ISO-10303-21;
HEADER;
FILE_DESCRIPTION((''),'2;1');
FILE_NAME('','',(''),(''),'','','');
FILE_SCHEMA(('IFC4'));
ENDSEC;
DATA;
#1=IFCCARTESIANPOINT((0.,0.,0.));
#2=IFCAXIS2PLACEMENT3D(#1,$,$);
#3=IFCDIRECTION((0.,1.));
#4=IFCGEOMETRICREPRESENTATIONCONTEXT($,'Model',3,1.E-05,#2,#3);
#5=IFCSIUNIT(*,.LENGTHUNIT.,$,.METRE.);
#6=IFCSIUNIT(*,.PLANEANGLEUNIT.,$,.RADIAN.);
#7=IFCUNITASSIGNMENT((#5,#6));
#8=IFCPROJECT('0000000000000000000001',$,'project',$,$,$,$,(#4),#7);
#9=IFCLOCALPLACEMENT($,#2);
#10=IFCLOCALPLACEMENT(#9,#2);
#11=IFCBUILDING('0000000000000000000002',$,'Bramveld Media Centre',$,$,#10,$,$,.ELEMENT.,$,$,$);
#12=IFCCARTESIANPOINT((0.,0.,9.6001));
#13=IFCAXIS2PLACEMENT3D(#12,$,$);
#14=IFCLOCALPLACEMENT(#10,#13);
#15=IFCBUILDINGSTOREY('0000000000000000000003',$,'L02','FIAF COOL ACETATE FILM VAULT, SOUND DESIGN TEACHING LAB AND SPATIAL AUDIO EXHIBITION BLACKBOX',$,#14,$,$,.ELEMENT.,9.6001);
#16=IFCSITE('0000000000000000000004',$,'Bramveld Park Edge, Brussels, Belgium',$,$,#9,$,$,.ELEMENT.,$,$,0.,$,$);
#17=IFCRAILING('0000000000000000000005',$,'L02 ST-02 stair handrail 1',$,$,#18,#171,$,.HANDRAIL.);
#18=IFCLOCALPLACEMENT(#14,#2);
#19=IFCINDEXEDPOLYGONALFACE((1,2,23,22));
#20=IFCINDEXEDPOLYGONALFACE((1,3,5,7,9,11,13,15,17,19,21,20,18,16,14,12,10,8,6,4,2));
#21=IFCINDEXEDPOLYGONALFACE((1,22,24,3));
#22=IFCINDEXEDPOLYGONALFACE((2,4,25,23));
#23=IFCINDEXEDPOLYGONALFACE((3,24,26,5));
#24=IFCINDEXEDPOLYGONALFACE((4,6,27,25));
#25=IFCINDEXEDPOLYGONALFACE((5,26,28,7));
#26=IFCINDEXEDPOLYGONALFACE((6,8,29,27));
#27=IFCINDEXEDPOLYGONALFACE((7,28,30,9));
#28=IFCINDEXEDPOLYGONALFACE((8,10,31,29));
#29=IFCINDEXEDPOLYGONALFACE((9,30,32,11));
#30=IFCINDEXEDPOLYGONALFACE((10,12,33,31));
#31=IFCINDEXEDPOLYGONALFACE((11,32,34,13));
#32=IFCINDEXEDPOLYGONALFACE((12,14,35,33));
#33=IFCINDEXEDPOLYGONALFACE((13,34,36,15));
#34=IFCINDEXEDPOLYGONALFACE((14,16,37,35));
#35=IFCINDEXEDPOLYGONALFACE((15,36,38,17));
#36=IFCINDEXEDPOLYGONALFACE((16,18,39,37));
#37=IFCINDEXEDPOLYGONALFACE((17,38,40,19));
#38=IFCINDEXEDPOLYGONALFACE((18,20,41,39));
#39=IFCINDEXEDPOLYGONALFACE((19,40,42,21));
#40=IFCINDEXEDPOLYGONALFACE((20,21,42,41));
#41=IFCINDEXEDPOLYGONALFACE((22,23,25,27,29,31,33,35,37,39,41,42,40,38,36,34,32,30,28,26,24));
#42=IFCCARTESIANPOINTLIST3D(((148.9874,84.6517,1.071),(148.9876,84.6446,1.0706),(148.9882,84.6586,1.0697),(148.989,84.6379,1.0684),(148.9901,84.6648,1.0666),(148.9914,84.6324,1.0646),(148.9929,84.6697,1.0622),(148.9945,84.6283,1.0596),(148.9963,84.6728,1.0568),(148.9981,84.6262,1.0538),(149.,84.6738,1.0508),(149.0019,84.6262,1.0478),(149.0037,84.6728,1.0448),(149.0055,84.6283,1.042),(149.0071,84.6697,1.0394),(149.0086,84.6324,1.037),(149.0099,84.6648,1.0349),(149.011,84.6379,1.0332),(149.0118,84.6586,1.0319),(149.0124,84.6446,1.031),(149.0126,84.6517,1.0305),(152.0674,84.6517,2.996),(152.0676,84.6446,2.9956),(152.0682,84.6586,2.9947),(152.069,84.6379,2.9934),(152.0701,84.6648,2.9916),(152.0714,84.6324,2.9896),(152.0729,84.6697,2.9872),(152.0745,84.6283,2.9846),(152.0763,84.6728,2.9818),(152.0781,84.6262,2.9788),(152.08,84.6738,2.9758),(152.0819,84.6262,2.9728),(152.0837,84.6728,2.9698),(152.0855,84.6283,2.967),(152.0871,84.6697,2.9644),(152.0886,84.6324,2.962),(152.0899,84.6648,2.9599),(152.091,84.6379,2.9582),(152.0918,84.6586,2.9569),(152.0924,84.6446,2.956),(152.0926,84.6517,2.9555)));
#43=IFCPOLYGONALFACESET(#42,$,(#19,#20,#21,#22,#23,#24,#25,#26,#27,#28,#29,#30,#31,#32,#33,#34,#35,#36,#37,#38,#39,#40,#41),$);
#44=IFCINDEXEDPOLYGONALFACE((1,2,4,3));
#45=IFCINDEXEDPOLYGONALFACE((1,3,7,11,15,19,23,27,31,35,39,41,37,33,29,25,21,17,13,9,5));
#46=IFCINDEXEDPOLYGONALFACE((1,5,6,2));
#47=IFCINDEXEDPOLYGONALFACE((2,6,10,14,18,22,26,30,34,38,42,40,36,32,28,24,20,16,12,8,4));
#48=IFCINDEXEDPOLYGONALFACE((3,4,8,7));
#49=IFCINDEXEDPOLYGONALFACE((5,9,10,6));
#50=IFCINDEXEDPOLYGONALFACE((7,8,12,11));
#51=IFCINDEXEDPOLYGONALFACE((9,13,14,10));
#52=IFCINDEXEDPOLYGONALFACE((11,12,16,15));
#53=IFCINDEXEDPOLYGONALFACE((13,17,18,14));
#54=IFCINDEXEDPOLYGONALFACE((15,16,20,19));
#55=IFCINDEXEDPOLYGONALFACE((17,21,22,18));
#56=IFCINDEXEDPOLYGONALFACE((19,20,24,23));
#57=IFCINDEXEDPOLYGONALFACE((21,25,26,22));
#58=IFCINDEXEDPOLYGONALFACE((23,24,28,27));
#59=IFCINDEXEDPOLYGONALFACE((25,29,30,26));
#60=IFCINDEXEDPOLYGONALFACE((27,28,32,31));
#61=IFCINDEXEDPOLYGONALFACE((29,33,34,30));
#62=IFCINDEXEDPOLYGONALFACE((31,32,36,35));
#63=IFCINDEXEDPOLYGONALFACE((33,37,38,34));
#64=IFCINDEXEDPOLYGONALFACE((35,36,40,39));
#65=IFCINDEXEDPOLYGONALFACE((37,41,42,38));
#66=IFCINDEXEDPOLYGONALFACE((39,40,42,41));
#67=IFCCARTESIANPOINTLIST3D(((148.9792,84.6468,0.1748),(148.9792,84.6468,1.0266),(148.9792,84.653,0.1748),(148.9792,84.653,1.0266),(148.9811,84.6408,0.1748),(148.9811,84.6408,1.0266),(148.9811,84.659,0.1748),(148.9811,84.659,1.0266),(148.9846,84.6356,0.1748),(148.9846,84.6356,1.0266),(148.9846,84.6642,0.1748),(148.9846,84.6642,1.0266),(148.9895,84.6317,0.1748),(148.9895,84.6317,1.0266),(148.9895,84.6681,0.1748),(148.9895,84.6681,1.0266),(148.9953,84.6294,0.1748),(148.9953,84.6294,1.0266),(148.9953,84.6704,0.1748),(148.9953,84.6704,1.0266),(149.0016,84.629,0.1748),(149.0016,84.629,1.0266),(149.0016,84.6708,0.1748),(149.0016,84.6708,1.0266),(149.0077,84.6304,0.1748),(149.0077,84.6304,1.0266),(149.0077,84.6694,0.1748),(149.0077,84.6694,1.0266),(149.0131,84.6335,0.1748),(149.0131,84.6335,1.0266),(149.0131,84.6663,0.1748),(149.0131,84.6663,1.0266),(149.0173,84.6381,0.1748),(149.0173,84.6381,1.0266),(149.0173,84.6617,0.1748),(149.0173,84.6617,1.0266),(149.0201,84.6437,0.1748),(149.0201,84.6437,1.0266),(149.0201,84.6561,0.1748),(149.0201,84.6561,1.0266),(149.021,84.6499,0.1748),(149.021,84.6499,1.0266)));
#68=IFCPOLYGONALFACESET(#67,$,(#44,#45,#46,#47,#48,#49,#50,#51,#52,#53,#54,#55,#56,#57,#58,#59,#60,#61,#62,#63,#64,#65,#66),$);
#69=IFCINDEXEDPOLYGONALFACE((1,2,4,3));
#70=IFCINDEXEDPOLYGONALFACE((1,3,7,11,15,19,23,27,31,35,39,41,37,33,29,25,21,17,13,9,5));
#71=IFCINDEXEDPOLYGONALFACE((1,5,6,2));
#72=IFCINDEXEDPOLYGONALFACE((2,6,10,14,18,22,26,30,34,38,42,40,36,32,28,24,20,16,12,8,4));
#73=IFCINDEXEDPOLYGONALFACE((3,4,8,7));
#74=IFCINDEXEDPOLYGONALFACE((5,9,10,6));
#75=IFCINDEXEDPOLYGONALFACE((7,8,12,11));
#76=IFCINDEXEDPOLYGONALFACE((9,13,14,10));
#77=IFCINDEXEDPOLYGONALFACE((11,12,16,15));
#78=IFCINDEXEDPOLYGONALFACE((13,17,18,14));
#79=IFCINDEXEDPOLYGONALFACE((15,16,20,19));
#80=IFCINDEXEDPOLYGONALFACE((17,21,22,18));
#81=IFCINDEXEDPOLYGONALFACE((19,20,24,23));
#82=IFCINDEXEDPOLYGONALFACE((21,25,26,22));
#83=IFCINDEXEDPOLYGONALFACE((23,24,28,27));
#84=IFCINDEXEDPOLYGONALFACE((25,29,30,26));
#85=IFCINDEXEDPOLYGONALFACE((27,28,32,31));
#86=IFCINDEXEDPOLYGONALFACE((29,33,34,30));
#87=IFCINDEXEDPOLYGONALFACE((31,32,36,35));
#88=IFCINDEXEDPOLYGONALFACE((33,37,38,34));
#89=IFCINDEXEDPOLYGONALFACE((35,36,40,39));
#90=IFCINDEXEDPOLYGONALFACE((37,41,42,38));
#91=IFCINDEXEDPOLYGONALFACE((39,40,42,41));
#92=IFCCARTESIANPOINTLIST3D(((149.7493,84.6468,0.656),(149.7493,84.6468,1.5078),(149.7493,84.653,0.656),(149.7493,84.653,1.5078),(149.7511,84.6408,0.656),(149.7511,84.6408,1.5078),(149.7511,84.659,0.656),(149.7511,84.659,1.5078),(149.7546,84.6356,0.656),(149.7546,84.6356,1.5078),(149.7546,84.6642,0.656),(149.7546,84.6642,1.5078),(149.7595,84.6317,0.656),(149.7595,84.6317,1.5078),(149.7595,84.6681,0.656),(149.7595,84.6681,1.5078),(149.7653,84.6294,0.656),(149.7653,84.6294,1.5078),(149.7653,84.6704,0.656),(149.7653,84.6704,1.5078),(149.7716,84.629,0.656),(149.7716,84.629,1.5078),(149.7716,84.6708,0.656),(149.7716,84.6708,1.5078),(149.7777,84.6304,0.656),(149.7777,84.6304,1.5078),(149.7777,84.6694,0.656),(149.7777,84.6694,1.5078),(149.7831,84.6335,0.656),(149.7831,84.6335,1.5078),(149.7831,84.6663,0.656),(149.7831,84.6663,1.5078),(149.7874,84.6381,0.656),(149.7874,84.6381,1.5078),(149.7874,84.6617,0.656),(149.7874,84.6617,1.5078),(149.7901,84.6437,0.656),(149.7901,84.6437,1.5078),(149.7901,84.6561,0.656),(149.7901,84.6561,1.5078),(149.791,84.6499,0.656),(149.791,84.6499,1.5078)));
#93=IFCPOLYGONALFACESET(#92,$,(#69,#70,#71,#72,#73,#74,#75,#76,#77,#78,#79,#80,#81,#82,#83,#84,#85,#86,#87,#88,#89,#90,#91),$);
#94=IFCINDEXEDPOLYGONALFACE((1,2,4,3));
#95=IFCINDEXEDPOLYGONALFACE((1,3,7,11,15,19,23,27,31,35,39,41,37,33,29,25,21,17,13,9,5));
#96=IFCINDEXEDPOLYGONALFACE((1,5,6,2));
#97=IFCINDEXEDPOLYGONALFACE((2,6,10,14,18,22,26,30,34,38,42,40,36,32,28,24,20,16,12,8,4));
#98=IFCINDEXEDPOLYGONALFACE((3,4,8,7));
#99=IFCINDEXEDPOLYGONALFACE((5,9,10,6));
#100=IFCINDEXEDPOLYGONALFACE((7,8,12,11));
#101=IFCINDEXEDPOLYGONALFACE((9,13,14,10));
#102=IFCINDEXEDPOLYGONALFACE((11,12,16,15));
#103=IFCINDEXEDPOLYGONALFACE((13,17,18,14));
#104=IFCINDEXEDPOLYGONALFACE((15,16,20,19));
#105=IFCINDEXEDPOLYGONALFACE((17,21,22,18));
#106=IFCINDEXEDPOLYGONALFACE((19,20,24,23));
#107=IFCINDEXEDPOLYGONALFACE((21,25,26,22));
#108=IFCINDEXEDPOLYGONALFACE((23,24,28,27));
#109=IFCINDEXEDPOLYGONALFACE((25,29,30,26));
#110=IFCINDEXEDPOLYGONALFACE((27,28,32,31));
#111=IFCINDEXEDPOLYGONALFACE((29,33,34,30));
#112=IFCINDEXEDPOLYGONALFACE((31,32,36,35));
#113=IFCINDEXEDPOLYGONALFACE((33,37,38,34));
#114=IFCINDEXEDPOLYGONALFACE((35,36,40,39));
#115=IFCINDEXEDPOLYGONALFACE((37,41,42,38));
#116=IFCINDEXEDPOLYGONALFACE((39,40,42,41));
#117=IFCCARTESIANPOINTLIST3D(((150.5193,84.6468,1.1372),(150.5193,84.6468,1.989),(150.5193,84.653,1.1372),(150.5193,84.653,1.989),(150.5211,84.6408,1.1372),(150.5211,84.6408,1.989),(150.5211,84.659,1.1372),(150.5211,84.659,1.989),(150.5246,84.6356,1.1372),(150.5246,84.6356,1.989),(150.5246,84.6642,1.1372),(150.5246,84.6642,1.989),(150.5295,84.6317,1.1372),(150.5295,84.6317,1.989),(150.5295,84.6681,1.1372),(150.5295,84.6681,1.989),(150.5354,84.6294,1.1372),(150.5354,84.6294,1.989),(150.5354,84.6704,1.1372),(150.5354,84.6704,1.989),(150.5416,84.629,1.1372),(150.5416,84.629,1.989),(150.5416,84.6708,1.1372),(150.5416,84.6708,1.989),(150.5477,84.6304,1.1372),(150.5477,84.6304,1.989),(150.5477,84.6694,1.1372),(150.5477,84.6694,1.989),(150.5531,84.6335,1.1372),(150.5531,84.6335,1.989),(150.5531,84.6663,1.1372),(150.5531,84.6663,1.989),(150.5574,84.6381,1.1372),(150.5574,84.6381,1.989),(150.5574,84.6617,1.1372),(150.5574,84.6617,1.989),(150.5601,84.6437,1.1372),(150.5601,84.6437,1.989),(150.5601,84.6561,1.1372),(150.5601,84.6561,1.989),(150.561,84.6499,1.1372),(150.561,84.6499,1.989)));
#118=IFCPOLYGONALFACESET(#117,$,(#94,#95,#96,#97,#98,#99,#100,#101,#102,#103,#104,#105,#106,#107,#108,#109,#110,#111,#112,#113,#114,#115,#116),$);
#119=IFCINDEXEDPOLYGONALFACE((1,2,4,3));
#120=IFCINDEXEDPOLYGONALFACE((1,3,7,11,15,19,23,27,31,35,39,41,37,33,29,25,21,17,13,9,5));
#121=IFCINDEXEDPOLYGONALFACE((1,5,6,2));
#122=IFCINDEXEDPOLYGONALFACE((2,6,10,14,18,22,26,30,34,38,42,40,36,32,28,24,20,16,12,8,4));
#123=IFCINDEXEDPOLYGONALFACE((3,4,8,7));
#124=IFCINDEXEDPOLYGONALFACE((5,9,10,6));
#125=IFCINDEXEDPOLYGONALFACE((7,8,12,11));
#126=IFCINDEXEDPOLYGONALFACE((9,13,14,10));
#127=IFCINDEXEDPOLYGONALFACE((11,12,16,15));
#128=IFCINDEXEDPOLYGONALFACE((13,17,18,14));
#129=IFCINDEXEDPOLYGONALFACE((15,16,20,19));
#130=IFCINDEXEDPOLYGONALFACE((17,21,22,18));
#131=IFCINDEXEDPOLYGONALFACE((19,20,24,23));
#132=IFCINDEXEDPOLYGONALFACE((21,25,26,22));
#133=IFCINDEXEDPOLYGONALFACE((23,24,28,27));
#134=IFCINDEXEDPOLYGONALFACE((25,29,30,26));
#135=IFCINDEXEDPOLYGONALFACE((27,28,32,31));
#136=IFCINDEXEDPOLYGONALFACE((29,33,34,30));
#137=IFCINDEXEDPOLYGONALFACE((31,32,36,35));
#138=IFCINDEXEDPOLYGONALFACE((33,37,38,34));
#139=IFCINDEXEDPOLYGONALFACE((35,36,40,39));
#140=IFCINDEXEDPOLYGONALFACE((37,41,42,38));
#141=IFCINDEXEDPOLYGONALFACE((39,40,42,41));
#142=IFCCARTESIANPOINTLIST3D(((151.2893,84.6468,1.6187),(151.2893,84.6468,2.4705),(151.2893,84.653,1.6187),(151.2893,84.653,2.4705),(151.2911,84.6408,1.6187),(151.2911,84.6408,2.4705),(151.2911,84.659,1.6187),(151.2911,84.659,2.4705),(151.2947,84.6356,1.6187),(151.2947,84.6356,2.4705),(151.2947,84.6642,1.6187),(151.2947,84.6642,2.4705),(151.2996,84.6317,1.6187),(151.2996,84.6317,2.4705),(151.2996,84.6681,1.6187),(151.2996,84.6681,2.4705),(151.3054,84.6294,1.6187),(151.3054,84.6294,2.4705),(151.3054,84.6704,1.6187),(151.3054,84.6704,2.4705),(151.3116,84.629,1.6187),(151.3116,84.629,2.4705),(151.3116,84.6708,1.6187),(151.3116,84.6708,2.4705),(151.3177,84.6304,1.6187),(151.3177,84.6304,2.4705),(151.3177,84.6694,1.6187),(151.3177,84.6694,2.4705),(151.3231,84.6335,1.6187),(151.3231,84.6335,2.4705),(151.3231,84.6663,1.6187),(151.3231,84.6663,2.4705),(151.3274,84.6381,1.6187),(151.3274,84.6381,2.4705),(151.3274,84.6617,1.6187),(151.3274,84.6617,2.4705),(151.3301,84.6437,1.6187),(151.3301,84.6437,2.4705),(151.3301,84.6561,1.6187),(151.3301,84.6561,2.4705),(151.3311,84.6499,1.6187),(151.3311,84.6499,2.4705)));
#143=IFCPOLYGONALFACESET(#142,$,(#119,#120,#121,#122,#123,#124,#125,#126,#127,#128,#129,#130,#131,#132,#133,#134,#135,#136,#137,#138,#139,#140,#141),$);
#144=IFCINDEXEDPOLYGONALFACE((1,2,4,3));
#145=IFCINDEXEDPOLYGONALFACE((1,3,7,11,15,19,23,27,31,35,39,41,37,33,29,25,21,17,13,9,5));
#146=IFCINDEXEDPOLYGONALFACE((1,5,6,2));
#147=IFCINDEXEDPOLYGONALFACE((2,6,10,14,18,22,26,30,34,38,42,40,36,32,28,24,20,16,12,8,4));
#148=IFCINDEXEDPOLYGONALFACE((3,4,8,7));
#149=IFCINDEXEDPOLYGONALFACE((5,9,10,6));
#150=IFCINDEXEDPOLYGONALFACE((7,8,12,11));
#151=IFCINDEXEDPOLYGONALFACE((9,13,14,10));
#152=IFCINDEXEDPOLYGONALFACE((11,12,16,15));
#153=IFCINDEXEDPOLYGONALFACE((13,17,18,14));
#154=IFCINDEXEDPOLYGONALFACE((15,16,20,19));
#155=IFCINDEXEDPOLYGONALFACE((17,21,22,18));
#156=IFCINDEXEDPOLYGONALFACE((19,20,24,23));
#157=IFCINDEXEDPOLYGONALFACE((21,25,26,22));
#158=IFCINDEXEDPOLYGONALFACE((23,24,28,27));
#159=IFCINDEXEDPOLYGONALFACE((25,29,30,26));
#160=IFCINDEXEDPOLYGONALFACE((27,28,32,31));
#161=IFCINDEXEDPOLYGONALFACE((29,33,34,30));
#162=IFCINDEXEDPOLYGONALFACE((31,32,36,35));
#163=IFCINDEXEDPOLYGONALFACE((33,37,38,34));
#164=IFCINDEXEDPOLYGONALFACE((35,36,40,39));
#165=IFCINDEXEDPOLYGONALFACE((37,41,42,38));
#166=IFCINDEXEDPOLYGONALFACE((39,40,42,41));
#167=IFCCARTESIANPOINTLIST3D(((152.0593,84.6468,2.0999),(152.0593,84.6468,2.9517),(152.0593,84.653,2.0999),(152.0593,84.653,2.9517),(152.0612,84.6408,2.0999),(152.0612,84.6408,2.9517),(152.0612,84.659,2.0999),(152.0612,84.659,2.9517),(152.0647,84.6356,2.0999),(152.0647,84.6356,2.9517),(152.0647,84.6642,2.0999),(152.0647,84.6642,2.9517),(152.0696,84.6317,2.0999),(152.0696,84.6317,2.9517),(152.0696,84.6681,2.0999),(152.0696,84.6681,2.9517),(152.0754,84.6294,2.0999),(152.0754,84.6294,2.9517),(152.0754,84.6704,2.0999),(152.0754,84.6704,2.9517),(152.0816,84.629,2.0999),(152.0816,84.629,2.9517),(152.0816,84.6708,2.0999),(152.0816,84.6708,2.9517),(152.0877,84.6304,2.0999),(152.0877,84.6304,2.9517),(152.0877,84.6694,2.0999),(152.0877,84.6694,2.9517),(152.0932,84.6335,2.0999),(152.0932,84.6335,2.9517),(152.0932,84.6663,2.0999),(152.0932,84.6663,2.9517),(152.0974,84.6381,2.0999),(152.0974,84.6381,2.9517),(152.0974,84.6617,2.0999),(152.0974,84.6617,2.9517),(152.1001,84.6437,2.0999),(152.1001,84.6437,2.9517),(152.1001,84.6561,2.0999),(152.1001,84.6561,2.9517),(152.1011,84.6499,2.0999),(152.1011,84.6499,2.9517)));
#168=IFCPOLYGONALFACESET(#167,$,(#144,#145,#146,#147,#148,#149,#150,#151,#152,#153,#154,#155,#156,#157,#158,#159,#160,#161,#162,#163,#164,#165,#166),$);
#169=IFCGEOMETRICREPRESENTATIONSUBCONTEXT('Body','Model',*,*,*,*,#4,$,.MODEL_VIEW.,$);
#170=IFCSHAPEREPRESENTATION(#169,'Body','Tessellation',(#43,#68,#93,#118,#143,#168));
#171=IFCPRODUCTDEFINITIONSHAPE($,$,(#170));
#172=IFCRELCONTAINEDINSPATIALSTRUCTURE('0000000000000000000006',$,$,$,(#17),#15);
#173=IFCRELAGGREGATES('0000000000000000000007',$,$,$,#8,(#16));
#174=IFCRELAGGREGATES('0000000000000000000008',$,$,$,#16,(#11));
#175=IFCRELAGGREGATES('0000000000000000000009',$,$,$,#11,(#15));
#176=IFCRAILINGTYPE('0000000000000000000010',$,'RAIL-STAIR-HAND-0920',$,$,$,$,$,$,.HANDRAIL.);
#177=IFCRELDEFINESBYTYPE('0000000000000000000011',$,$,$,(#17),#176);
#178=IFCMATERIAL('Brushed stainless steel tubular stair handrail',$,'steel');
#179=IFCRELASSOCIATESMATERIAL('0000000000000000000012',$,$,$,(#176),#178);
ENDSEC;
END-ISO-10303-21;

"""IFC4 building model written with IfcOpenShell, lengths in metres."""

from ifc_helpers import new_model, si_unit, direction, frame, origin, origin_2d, place, context, subcontext, project, spatial, circle, extrude, material, type_object, element, save


model = new_model("IFC4")

# Units and contexts
model_context = context("Model", 3, precision=1e-05, world=origin(), true_north=direction((0.0, 1.0)))
body_context = subcontext(model_context, "Body", "Model", "MODEL_VIEW")
ifc_project = project(units=[si_unit("LENGTHUNIT", "METRE"), si_unit("PLANEANGLEUNIT", "RADIAN")], contexts=[model_context])

# Site, building, storey
site_placement = place(None, origin())
site = spatial("IfcSite", under=ifc_project, at=site_placement, Name="Bramveld Park Edge, Brussels, Belgium", CompositionType="ELEMENT", RefElevation=0.0)
building_placement = place(site_placement, origin())
building = spatial("IfcBuilding", under=site, at=building_placement, Name="Bramveld Media Centre", CompositionType="ELEMENT")
storey_placement = place(building_placement, frame((0.0, 0.0, 9.6001)))
storey = spatial("IfcBuildingStorey", under=building, at=storey_placement, Name="L02", Description="FIAF COOL ACETATE FILM VAULT, SOUND DESIGN TEACHING LAB AND SPATIAL AUDIO EXHIBITION BLACKBOX", CompositionType="ELEMENT", Elevation=9.6001)

# Railing
ifc_material_1 = material(Name="Brushed stainless steel tubular stair handrail", Category="steel")
railing_type_1 = type_object("IfcRailingType", Name="RAIL-STAIR-HAND-0920", PredefinedType="HANDRAIL", material=ifc_material_1)
railing_1_placement = place(storey_placement, frame((149.0, 84.6499, 0.1748)))
element("IfcRailing", 1, at=railing_1_placement, inside=storey, type_object=railing_type_1, Name="L02 ST-02 stair handrail 1", PredefinedType="HANDRAIL", context=body_context, shape_type="SweptSolid", body=[
    extrude(circle(Radius=0.0239, at=origin_2d()), frame((0.0, 0.0, 0.876), z_axis=(0.847998, 0.0, 0.529999), x_axis=(0.0, 1.0, 0.0)), (0.0, 0.0, 1.0), 3.6321),
    extrude(circle(Radius=0.021, at=origin_2d()), origin(), (0.0, 0.0, 1.0), 0.8518),
    extrude(circle(Radius=0.021, at=origin_2d()), frame((0.77, 0.0, 0.4812)), (0.0, 0.0, 1.0), 0.8518),
    extrude(circle(Radius=0.021, at=origin_2d()), frame((1.54, 0.0, 0.9624)), (0.0, 0.0, 1.0), 0.8518),
    extrude(circle(Radius=0.021, at=origin_2d()), frame((2.3101, 0.0, 1.4438)), (0.0, 0.0, 1.0), 0.8518),
    extrude(circle(Radius=0.021, at=origin_2d()), frame((3.0801, 0.0, 1.925)), (0.0, 0.0, 1.0), 0.8518),
])

save(model, "model.ifc")
